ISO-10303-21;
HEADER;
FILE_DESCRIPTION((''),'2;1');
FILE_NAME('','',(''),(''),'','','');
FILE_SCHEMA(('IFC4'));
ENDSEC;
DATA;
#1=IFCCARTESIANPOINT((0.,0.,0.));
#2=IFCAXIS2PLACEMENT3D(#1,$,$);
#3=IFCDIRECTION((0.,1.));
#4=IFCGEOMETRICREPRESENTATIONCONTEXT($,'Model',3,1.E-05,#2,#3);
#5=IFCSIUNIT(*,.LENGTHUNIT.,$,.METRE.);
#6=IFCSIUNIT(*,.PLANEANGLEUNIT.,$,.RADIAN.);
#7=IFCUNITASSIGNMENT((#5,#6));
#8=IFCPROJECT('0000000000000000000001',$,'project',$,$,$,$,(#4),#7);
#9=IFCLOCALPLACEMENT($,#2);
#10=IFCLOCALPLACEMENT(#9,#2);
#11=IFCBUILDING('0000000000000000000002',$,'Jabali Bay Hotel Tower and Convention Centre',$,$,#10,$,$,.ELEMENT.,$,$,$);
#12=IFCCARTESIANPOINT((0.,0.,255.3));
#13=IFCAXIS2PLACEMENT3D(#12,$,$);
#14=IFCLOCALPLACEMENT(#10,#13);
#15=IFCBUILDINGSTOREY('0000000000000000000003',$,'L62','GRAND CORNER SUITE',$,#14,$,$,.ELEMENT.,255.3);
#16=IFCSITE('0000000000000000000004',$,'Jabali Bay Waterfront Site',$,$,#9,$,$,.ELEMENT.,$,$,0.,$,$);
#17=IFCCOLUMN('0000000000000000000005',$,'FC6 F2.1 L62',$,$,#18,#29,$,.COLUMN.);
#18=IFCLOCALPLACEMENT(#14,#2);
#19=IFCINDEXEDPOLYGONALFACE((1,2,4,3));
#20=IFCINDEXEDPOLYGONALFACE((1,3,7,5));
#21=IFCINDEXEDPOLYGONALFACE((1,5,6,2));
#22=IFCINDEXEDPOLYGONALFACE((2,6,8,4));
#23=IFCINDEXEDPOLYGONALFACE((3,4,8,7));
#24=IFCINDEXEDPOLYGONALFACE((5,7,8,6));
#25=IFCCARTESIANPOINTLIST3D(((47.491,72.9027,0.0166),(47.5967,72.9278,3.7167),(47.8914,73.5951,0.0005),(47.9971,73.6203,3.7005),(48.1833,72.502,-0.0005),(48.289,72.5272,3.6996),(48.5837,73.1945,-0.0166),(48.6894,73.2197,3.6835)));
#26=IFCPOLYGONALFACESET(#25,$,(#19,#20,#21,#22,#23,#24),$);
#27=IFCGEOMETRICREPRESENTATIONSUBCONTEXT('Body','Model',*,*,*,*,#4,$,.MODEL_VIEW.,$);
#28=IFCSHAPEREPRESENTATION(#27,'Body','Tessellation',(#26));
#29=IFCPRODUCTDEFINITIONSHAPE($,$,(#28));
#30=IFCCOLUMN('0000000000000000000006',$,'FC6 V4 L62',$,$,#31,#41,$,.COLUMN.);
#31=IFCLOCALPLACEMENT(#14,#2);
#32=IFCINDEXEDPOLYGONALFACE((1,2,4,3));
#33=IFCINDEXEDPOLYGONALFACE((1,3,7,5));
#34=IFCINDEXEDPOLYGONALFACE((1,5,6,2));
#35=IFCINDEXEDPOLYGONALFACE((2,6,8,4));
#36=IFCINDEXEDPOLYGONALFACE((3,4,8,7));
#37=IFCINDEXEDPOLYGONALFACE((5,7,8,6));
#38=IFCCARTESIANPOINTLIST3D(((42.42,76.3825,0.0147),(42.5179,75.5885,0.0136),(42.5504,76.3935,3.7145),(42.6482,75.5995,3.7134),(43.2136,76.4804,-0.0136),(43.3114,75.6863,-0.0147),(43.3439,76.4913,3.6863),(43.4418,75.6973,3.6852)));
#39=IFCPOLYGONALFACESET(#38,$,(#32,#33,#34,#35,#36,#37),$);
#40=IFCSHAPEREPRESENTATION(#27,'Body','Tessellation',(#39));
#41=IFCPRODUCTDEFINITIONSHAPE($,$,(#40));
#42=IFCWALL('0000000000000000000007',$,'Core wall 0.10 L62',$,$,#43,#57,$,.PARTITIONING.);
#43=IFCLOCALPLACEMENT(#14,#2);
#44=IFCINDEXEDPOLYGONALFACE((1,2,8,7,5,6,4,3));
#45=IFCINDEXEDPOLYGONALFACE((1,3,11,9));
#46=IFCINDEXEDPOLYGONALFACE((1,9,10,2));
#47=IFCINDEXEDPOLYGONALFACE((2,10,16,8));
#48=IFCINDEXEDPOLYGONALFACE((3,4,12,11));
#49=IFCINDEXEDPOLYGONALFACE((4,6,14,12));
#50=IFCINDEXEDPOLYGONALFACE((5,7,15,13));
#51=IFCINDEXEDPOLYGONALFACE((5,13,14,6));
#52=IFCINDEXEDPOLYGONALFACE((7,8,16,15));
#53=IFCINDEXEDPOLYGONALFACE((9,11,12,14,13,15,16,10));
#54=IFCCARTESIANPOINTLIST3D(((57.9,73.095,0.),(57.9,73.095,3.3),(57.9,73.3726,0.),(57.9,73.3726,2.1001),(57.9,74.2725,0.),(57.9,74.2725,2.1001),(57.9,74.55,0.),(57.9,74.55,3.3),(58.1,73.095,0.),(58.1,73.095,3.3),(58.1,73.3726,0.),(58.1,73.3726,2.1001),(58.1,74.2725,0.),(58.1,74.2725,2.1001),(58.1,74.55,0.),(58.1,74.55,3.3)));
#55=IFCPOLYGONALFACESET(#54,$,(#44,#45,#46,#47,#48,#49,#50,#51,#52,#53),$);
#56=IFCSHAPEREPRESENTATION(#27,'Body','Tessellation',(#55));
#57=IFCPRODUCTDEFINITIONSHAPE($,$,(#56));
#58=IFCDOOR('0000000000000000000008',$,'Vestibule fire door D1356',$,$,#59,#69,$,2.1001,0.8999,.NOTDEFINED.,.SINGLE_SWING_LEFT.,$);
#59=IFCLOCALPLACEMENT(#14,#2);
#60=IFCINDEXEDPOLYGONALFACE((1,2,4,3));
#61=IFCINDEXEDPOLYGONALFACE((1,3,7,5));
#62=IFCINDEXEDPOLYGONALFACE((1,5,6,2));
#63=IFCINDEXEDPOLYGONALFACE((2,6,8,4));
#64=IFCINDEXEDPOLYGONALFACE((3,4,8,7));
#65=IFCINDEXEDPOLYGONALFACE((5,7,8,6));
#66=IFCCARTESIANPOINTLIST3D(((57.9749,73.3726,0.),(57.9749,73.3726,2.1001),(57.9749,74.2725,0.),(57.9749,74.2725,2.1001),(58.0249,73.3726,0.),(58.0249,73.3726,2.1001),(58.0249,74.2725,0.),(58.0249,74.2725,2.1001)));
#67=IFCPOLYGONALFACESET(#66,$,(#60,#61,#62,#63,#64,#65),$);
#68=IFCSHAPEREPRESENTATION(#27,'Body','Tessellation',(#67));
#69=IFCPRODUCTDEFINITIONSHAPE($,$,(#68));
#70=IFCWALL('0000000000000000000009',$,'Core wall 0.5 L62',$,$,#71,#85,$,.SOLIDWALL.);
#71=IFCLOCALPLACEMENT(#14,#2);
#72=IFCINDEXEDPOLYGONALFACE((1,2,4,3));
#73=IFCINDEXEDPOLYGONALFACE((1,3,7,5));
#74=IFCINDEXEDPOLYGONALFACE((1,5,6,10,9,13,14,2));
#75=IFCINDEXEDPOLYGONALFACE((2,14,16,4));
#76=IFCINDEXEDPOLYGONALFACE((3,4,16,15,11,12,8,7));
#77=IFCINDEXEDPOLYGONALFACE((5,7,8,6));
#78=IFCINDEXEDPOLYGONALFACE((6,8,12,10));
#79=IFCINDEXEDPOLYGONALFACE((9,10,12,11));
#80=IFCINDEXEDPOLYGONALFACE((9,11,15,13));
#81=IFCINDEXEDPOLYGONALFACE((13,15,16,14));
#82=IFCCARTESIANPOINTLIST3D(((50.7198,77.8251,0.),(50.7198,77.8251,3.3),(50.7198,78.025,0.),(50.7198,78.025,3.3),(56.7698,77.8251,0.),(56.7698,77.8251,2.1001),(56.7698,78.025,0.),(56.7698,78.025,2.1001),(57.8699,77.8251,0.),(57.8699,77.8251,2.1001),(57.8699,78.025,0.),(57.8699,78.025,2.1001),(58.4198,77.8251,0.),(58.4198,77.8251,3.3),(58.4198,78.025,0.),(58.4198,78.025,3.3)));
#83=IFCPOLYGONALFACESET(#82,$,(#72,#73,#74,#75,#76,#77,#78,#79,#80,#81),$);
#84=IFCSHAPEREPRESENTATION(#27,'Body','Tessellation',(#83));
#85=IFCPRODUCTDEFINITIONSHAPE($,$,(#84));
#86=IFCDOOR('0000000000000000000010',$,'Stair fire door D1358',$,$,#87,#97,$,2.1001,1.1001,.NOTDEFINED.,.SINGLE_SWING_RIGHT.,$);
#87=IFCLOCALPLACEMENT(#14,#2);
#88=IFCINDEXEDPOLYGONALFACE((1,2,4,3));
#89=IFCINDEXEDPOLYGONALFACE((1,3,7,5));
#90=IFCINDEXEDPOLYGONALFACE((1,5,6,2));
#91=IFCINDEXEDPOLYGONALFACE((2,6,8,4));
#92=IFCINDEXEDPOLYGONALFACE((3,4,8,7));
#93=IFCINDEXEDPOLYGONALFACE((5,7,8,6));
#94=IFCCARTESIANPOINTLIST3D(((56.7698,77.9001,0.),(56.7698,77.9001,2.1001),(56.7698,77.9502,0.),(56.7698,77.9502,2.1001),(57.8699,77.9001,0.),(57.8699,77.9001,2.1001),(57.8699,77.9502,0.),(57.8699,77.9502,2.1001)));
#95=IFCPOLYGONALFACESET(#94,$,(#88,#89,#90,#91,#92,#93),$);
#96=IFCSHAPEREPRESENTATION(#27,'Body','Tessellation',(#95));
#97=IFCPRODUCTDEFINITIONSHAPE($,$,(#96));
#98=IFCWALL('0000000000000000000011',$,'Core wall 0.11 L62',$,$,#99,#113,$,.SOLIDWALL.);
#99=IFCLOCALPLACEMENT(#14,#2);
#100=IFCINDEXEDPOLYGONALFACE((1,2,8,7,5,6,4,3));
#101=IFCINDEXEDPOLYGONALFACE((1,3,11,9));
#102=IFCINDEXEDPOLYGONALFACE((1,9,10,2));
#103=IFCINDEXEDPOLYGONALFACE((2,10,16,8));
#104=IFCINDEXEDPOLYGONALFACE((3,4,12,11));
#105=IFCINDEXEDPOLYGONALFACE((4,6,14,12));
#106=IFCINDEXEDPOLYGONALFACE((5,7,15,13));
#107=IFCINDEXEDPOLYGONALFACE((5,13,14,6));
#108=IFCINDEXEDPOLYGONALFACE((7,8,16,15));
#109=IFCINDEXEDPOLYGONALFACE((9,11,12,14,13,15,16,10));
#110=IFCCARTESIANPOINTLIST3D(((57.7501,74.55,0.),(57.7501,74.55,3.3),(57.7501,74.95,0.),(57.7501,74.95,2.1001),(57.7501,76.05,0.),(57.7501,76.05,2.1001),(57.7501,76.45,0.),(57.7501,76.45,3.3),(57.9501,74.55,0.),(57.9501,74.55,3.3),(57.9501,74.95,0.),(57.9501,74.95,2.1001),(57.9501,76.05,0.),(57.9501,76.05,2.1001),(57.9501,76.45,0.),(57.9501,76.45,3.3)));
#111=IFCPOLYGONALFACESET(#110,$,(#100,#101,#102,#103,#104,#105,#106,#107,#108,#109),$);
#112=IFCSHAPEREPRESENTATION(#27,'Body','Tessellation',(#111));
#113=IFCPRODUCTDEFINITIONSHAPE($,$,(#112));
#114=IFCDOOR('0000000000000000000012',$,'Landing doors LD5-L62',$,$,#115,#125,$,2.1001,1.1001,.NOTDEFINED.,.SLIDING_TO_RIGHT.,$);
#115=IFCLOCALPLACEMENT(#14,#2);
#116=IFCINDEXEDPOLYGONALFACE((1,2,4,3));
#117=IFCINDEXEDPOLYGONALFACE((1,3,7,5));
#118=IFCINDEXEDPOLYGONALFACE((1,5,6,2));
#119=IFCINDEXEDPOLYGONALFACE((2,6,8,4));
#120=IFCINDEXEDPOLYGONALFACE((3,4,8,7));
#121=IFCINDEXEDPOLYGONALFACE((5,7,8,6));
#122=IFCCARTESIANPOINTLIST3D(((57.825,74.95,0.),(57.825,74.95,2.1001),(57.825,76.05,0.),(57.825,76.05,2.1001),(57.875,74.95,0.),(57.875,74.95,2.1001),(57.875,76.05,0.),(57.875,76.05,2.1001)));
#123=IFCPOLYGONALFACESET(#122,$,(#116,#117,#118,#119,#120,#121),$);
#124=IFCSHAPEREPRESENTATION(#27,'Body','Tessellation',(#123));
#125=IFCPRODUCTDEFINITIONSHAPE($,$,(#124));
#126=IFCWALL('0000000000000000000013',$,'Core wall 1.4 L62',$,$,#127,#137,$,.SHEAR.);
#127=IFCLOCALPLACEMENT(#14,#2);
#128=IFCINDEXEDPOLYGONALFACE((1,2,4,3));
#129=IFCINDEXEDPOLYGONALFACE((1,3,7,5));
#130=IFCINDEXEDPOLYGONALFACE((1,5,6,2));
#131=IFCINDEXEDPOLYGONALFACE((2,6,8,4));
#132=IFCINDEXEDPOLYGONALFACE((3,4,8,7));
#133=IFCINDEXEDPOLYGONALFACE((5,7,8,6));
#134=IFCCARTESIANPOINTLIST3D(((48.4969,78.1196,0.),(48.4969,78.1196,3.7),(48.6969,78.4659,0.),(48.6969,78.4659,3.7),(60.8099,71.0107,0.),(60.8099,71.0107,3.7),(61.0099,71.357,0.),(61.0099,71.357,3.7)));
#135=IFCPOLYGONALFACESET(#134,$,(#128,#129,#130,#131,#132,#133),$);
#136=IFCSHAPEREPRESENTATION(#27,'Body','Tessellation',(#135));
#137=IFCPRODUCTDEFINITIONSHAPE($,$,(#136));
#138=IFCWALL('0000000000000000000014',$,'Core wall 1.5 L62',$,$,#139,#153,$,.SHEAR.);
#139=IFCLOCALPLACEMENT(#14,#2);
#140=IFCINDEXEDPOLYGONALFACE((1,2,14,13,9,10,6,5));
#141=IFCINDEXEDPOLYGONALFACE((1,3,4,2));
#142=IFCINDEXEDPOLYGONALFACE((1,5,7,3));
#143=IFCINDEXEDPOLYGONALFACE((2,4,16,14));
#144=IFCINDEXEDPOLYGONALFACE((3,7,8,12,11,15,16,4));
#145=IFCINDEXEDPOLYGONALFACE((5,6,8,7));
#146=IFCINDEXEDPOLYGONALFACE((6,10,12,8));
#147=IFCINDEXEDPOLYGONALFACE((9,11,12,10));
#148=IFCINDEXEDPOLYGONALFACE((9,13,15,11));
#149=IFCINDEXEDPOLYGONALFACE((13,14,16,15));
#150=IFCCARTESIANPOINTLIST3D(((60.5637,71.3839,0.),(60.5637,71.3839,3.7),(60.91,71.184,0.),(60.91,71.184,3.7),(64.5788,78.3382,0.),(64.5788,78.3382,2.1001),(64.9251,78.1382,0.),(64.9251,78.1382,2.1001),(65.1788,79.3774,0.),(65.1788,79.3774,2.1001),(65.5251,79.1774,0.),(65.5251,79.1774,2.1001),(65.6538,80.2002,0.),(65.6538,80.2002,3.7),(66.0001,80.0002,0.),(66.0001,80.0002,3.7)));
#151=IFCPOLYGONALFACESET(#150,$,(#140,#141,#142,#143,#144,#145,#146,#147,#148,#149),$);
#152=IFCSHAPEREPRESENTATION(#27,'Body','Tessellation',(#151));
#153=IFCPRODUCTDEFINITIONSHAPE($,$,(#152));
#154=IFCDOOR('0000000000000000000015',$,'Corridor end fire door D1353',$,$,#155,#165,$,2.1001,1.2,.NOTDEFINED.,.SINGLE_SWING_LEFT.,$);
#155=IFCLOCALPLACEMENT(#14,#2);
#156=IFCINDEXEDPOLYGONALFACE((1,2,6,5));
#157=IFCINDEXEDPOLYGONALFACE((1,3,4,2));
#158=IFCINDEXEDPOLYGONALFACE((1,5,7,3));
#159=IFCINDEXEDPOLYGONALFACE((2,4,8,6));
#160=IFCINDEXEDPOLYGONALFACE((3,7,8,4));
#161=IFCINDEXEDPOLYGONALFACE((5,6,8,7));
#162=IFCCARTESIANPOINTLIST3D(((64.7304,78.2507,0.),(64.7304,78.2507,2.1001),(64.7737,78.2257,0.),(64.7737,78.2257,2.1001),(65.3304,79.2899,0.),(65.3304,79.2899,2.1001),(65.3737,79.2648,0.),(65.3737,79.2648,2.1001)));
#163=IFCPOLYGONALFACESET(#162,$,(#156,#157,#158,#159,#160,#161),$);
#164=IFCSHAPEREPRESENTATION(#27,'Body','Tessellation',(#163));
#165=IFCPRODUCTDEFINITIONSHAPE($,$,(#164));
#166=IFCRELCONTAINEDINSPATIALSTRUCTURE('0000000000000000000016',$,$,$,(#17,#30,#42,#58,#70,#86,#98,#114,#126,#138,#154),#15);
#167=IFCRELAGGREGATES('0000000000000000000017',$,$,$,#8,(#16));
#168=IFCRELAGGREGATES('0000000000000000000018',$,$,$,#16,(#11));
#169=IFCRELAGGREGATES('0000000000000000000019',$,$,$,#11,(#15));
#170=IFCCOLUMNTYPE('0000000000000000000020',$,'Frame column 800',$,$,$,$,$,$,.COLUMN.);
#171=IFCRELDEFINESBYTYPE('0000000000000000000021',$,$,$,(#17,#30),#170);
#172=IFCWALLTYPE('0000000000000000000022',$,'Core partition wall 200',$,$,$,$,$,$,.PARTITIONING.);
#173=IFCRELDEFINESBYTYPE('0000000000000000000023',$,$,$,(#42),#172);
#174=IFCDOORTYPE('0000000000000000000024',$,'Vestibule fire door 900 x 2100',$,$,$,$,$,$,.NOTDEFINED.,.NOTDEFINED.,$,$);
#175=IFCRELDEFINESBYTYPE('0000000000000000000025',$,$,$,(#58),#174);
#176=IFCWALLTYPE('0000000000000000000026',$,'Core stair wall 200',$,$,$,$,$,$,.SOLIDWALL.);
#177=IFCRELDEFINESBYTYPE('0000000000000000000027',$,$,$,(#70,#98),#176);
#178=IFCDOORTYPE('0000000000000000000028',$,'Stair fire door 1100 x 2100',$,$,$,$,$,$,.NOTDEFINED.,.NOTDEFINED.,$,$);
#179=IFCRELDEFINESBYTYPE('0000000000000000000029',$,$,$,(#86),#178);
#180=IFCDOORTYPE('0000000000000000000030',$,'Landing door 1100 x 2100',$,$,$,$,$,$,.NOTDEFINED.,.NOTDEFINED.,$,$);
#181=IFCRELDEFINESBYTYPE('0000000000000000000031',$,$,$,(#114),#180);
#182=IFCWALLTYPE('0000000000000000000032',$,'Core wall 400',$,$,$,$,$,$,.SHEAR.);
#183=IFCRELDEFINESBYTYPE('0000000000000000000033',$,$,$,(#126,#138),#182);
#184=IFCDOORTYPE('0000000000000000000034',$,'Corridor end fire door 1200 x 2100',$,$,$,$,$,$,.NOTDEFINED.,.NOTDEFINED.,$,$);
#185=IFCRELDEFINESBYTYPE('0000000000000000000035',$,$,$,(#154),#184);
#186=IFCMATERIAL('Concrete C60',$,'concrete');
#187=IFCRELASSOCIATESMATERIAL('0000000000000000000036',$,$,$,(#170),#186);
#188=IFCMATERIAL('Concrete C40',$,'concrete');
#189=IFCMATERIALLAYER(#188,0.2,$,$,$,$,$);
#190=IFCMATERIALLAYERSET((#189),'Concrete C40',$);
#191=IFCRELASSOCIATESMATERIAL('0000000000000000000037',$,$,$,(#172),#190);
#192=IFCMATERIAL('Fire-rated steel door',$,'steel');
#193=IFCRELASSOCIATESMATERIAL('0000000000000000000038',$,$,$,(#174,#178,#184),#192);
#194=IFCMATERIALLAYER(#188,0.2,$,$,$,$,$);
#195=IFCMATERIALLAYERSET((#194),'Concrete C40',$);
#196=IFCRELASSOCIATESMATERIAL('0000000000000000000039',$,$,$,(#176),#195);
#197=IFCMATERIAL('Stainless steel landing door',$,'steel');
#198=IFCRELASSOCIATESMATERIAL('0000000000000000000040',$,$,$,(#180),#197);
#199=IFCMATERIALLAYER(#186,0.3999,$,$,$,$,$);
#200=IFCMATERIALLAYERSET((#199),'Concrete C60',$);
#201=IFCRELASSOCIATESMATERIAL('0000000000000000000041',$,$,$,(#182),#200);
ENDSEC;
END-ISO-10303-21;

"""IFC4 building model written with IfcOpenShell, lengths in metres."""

from ifc_helpers import new_model, si_unit, direction, frame, frame_2d, origin, origin_2d, place, context, subcontext, project, spatial, rectangle, extrude, material, layer, layer_set, material_profile, profile_set, type_object, element, fill, save


model = new_model("IFC4")

# Units and contexts
model_context = context("Model", 3, precision=1e-05, world=origin(), true_north=direction((0.0, 1.0)))
body_context = subcontext(model_context, "Body", "Model", "MODEL_VIEW")
ifc_project = project(units=[si_unit("LENGTHUNIT", "METRE"), si_unit("PLANEANGLEUNIT", "RADIAN")], contexts=[model_context])

# Site, building, storey
site_placement = place(None, origin())
site = spatial("IfcSite", under=ifc_project, at=site_placement, Name="Jabali Bay Waterfront Site", CompositionType="ELEMENT", RefElevation=0.0)
building_placement = place(site_placement, origin())
building = spatial("IfcBuilding", under=site, at=building_placement, Name="Jabali Bay Hotel Tower and Convention Centre", CompositionType="ELEMENT")
storey_placement = place(building_placement, frame((0.0, 0.0, 255.3)))
storey = spatial("IfcBuildingStorey", under=building, at=storey_placement, Name="L62", Description="GRAND CORNER SUITE", CompositionType="ELEMENT", Elevation=255.3)

# Columns
ifc_material_1 = material(Name="Concrete C60", Category="concrete")
ifc_material_profile = material_profile(ifc_material_1, rectangle(XDim=0.8, YDim=0.8, at=origin_2d()), Name="Frame column 800")
ifc_profile_set = profile_set([ifc_material_profile], Name="Concrete C60")
column_type = type_object("IfcColumnType", Name="Frame column 800", PredefinedType="COLUMN", material=ifc_profile_set)
column_1_placement = place(storey_placement, frame((48.0374, 73.0486, 0.0), z_axis=(0.028559, 0.006794, 0.999569), x_axis=(-0.865319, 0.500768, 0.02132)))
element("IfcColumn", 1, at=column_1_placement, inside=storey, type_object=column_type, Name="FC6 F2.1 L62", PredefinedType="COLUMN", context=body_context, shape_type="SweptSolid", body=[
    extrude(rectangle(XDim=0.8, YDim=0.8, at=origin_2d()), origin(), (0.0, 0.0, 1.0), 3.7017),
])
column_2_placement = place(storey_placement, frame((42.8657, 76.0344, 0.0), z_axis=(0.035214, 0.002967, 0.999375), x_axis=(-0.122299, 0.992492, 0.001362)))
element("IfcColumn", 2, at=column_2_placement, inside=storey, type_object=column_type, Name="FC6 V4 L62", PredefinedType="COLUMN", context=body_context, shape_type="SweptSolid", body=[
    extrude(rectangle(XDim=0.8, YDim=0.8, at=origin_2d()), origin(), (0.0, 0.0, 1.0), 3.7021),
])

# Walls, openings, doors
ifc_material_2 = material(Name="Concrete C40", Category="concrete")
ifc_layer_1 = layer(ifc_material_2, 0.2)
ifc_layer_set_1 = layer_set([ifc_layer_1], Name="Concrete C40")
wall_type_1 = type_object("IfcWallType", Name="Core partition wall 200", PredefinedType="PARTITIONING", material=ifc_layer_set_1)
wall_1_placement = place(storey_placement, frame((58.0, 74.55, 0.0), z_axis=(0.0, 0.0, 1.0), x_axis=(0.0, -1.0, 0.0)))
wall_1 = element("IfcWall", 3, at=wall_1_placement, inside=storey, type_object=wall_type_1, Name="Core wall 0.10 L62", PredefinedType="PARTITIONING", context=body_context, shape_type="SweptSolid", body=[
    extrude(rectangle(XDim=1.4551, YDim=0.2, at=frame_2d((0.7275, 0.0))), origin(), (0.0, 0.0, 1.0), 3.3),
])
opening_1_placement = place(wall_1_placement, frame((0.2776, 0.0, 0.0)))
opening_1 = element("IfcOpeningElement", 4, at=opening_1_placement, cuts=wall_1, PredefinedType="OPENING", context=body_context, shape_type="SweptSolid", body=[
    extrude(rectangle(XDim=0.8999, YDim=2.1001, at=frame_2d((0.45, 1.05))), frame((0.0, 0.1104, 0.0), z_axis=(0.0, -1.0, 0.0), x_axis=(1.0, 0.0, 0.0)), (0.0, 0.0, 1.0), 0.2209),
])
ifc_material_3 = material(Name="Fire-rated steel door", Category="steel")
door_type_1 = type_object("IfcDoorType", Name="Vestibule fire door 900 x 2100", OperationType="NOTDEFINED", PredefinedType="NOTDEFINED", material=ifc_material_3)
door_1_placement = place(opening_1_placement, origin())
door_1 = element("IfcDoor", 5, at=door_1_placement, inside=storey, type_object=door_type_1, Name="Vestibule fire door D1356", OperationType="SINGLE_SWING_LEFT", OverallHeight=2.1001, OverallWidth=0.8999, PredefinedType="NOTDEFINED", context=body_context, shape_type="SweptSolid", body=[
    extrude(rectangle(XDim=0.8999, YDim=2.1001, at=frame_2d((0.45, 1.05))), frame((0.0, 0.0249, 0.0), z_axis=(0.0, -1.0, 0.0), x_axis=(1.0, 0.0, 0.0)), (0.0, 0.0, 1.0), 0.05),
])
fill(opening_1, door_1)
ifc_layer_2 = layer(ifc_material_2, 0.2)
ifc_layer_set_2 = layer_set([ifc_layer_2], Name="Concrete C40")
wall_type_2 = type_object("IfcWallType", Name="Core stair wall 200", PredefinedType="SOLIDWALL", material=ifc_layer_set_2)
wall_2_placement = place(storey_placement, frame((58.4199, 77.925, 0.0), z_axis=(0.0, 0.0, 1.0), x_axis=(-1.0, 0.0, 0.0)))
wall_2 = element("IfcWall", 6, at=wall_2_placement, inside=storey, type_object=wall_type_2, Name="Core wall 0.5 L62", PredefinedType="SOLIDWALL", context=body_context, shape_type="SweptSolid", body=[
    extrude(rectangle(XDim=7.7, YDim=0.2, at=frame_2d((3.8501, 0.0))), origin(), (0.0, 0.0, 1.0), 3.3),
])
opening_2_placement = place(wall_2_placement, frame((0.55, 0.0, 0.0)))
opening_2 = element("IfcOpeningElement", 7, at=opening_2_placement, cuts=wall_2, PredefinedType="OPENING", context=body_context, shape_type="SweptSolid", body=[
    extrude(rectangle(XDim=1.1001, YDim=2.1001, at=frame_2d((0.55, 1.05))), frame((0.0, 0.1104, 0.0), z_axis=(0.0, -1.0, 0.0), x_axis=(1.0, 0.0, 0.0)), (0.0, 0.0, 1.0), 0.2209),
])
door_type_2 = type_object("IfcDoorType", Name="Stair fire door 1100 x 2100", OperationType="NOTDEFINED", PredefinedType="NOTDEFINED", material=ifc_material_3)
door_2_placement = place(opening_2_placement, origin())
door_2 = element("IfcDoor", 8, at=door_2_placement, inside=storey, type_object=door_type_2, Name="Stair fire door D1358", OperationType="SINGLE_SWING_RIGHT", OverallHeight=2.1001, OverallWidth=1.1001, PredefinedType="NOTDEFINED", context=body_context, shape_type="SweptSolid", body=[
    extrude(rectangle(XDim=1.1001, YDim=2.1001, at=frame_2d((0.55, 1.05))), frame((0.0, 0.0249, 0.0), z_axis=(0.0, -1.0, 0.0), x_axis=(1.0, 0.0, 0.0)), (0.0, 0.0, 1.0), 0.05),
])
fill(opening_2, door_2)
wall_3_placement = place(storey_placement, frame((57.8501, 76.45, 0.0), z_axis=(0.0, 0.0, 1.0), x_axis=(0.0, -1.0, 0.0)))
wall_3 = element("IfcWall", 9, at=wall_3_placement, inside=storey, type_object=wall_type_2, Name="Core wall 0.11 L62", PredefinedType="SOLIDWALL", context=body_context, shape_type="SweptSolid", body=[
    extrude(rectangle(XDim=1.8999, YDim=0.2, at=frame_2d((0.95, 0.0))), origin(), (0.0, 0.0, 1.0), 3.3),
])
opening_3_placement = place(wall_3_placement, frame((0.3999, 0.0, 0.0)))
opening_3 = element("IfcOpeningElement", 10, at=opening_3_placement, cuts=wall_3, PredefinedType="OPENING", context=body_context, shape_type="SweptSolid", body=[
    extrude(rectangle(XDim=1.1001, YDim=2.1001, at=frame_2d((0.55, 1.05))), frame((0.0, 0.1104, 0.0), z_axis=(0.0, -1.0, 0.0), x_axis=(1.0, 0.0, 0.0)), (0.0, 0.0, 1.0), 0.2209),
])
ifc_material_4 = material(Name="Stainless steel landing door", Category="steel")
door_type_3 = type_object("IfcDoorType", Name="Landing door 1100 x 2100", OperationType="NOTDEFINED", PredefinedType="NOTDEFINED", material=ifc_material_4)
door_3_placement = place(opening_3_placement, origin())
door_3 = element("IfcDoor", 11, at=door_3_placement, inside=storey, type_object=door_type_3, Name="Landing doors LD5-L62", OperationType="SLIDING_TO_RIGHT", OverallHeight=2.1001, OverallWidth=1.1001, PredefinedType="NOTDEFINED", context=body_context, shape_type="SweptSolid", body=[
    extrude(rectangle(XDim=1.1001, YDim=2.1001, at=frame_2d((0.55, 1.05))), frame((0.0, 0.0249, 0.0), z_axis=(0.0, -1.0, 0.0), x_axis=(1.0, 0.0, 0.0)), (0.0, 0.0, 1.0), 0.05),
])
fill(opening_3, door_3)

# Wall
ifc_layer_3 = layer(ifc_material_1, 0.3999)
ifc_layer_set_3 = layer_set([ifc_layer_3], Name="Concrete C60")
wall_type_3 = type_object("IfcWallType", Name="Core wall 400", PredefinedType="SHEAR", material=ifc_layer_set_3)
wall_4_placement = place(storey_placement, frame((48.5969, 78.2927, 0.0), z_axis=(0.0, 0.0, 1.0), x_axis=(0.866026, -0.499999, 0.0)))
element("IfcWall", 12, at=wall_4_placement, inside=storey, type_object=wall_type_3, Name="Core wall 1.4 L62", PredefinedType="SHEAR", context=body_context, shape_type="SweptSolid", body=[
    extrude(rectangle(XDim=14.2178, YDim=0.3999, at=frame_2d((7.1089, 0.0))), origin(), (0.0, 0.0, 1.0), 3.7),
])

# Wall, opening, door
wall_5_placement = place(storey_placement, frame((60.7368, 71.2839, 0.0), z_axis=(0.0, 0.0, 1.0), x_axis=(0.500005, 0.866022, 0.0)))
wall_5 = element("IfcWall", 13, at=wall_5_placement, inside=storey, type_object=wall_type_3, Name="Core wall 1.5 L62", PredefinedType="SHEAR", context=body_context, shape_type="SweptSolid", body=[
    extrude(rectangle(XDim=10.1802, YDim=0.3999, at=frame_2d((5.0901, 0.0))), origin(), (0.0, 0.0, 1.0), 3.7),
])
opening_4_placement = place(wall_5_placement, frame((8.03, 0.0, 0.0)))
opening_4 = element("IfcOpeningElement", 14, at=opening_4_placement, cuts=wall_5, PredefinedType="OPENING", context=body_context, shape_type="SweptSolid", body=[
    extrude(rectangle(XDim=1.2, YDim=2.1001, at=frame_2d((0.6001, 1.05))), frame((0.0, 0.2104, 0.0), z_axis=(0.0, -1.0, 0.0), x_axis=(1.0, 0.0, 0.0)), (0.0, 0.0, 1.0), 0.4209),
])
door_type_4 = type_object("IfcDoorType", Name="Corridor end fire door 1200 x 2100", OperationType="NOTDEFINED", PredefinedType="NOTDEFINED", material=ifc_material_3)
door_4_placement = place(opening_4_placement, origin())
door_4 = element("IfcDoor", 15, at=door_4_placement, inside=storey, type_object=door_type_4, Name="Corridor end fire door D1353", OperationType="SINGLE_SWING_LEFT", OverallHeight=2.1001, OverallWidth=1.2, PredefinedType="NOTDEFINED", context=body_context, shape_type="SweptSolid", body=[
    extrude(rectangle(XDim=1.2, YDim=2.1001, at=frame_2d((0.6001, 1.05))), frame((0.0, 0.0249, 0.0), z_axis=(0.0, -1.0, 0.0), x_axis=(1.0, 0.0, 0.0)), (0.0, 0.0, 1.0), 0.05),
])
fill(opening_4, door_4)

save(model, "model.ifc")
